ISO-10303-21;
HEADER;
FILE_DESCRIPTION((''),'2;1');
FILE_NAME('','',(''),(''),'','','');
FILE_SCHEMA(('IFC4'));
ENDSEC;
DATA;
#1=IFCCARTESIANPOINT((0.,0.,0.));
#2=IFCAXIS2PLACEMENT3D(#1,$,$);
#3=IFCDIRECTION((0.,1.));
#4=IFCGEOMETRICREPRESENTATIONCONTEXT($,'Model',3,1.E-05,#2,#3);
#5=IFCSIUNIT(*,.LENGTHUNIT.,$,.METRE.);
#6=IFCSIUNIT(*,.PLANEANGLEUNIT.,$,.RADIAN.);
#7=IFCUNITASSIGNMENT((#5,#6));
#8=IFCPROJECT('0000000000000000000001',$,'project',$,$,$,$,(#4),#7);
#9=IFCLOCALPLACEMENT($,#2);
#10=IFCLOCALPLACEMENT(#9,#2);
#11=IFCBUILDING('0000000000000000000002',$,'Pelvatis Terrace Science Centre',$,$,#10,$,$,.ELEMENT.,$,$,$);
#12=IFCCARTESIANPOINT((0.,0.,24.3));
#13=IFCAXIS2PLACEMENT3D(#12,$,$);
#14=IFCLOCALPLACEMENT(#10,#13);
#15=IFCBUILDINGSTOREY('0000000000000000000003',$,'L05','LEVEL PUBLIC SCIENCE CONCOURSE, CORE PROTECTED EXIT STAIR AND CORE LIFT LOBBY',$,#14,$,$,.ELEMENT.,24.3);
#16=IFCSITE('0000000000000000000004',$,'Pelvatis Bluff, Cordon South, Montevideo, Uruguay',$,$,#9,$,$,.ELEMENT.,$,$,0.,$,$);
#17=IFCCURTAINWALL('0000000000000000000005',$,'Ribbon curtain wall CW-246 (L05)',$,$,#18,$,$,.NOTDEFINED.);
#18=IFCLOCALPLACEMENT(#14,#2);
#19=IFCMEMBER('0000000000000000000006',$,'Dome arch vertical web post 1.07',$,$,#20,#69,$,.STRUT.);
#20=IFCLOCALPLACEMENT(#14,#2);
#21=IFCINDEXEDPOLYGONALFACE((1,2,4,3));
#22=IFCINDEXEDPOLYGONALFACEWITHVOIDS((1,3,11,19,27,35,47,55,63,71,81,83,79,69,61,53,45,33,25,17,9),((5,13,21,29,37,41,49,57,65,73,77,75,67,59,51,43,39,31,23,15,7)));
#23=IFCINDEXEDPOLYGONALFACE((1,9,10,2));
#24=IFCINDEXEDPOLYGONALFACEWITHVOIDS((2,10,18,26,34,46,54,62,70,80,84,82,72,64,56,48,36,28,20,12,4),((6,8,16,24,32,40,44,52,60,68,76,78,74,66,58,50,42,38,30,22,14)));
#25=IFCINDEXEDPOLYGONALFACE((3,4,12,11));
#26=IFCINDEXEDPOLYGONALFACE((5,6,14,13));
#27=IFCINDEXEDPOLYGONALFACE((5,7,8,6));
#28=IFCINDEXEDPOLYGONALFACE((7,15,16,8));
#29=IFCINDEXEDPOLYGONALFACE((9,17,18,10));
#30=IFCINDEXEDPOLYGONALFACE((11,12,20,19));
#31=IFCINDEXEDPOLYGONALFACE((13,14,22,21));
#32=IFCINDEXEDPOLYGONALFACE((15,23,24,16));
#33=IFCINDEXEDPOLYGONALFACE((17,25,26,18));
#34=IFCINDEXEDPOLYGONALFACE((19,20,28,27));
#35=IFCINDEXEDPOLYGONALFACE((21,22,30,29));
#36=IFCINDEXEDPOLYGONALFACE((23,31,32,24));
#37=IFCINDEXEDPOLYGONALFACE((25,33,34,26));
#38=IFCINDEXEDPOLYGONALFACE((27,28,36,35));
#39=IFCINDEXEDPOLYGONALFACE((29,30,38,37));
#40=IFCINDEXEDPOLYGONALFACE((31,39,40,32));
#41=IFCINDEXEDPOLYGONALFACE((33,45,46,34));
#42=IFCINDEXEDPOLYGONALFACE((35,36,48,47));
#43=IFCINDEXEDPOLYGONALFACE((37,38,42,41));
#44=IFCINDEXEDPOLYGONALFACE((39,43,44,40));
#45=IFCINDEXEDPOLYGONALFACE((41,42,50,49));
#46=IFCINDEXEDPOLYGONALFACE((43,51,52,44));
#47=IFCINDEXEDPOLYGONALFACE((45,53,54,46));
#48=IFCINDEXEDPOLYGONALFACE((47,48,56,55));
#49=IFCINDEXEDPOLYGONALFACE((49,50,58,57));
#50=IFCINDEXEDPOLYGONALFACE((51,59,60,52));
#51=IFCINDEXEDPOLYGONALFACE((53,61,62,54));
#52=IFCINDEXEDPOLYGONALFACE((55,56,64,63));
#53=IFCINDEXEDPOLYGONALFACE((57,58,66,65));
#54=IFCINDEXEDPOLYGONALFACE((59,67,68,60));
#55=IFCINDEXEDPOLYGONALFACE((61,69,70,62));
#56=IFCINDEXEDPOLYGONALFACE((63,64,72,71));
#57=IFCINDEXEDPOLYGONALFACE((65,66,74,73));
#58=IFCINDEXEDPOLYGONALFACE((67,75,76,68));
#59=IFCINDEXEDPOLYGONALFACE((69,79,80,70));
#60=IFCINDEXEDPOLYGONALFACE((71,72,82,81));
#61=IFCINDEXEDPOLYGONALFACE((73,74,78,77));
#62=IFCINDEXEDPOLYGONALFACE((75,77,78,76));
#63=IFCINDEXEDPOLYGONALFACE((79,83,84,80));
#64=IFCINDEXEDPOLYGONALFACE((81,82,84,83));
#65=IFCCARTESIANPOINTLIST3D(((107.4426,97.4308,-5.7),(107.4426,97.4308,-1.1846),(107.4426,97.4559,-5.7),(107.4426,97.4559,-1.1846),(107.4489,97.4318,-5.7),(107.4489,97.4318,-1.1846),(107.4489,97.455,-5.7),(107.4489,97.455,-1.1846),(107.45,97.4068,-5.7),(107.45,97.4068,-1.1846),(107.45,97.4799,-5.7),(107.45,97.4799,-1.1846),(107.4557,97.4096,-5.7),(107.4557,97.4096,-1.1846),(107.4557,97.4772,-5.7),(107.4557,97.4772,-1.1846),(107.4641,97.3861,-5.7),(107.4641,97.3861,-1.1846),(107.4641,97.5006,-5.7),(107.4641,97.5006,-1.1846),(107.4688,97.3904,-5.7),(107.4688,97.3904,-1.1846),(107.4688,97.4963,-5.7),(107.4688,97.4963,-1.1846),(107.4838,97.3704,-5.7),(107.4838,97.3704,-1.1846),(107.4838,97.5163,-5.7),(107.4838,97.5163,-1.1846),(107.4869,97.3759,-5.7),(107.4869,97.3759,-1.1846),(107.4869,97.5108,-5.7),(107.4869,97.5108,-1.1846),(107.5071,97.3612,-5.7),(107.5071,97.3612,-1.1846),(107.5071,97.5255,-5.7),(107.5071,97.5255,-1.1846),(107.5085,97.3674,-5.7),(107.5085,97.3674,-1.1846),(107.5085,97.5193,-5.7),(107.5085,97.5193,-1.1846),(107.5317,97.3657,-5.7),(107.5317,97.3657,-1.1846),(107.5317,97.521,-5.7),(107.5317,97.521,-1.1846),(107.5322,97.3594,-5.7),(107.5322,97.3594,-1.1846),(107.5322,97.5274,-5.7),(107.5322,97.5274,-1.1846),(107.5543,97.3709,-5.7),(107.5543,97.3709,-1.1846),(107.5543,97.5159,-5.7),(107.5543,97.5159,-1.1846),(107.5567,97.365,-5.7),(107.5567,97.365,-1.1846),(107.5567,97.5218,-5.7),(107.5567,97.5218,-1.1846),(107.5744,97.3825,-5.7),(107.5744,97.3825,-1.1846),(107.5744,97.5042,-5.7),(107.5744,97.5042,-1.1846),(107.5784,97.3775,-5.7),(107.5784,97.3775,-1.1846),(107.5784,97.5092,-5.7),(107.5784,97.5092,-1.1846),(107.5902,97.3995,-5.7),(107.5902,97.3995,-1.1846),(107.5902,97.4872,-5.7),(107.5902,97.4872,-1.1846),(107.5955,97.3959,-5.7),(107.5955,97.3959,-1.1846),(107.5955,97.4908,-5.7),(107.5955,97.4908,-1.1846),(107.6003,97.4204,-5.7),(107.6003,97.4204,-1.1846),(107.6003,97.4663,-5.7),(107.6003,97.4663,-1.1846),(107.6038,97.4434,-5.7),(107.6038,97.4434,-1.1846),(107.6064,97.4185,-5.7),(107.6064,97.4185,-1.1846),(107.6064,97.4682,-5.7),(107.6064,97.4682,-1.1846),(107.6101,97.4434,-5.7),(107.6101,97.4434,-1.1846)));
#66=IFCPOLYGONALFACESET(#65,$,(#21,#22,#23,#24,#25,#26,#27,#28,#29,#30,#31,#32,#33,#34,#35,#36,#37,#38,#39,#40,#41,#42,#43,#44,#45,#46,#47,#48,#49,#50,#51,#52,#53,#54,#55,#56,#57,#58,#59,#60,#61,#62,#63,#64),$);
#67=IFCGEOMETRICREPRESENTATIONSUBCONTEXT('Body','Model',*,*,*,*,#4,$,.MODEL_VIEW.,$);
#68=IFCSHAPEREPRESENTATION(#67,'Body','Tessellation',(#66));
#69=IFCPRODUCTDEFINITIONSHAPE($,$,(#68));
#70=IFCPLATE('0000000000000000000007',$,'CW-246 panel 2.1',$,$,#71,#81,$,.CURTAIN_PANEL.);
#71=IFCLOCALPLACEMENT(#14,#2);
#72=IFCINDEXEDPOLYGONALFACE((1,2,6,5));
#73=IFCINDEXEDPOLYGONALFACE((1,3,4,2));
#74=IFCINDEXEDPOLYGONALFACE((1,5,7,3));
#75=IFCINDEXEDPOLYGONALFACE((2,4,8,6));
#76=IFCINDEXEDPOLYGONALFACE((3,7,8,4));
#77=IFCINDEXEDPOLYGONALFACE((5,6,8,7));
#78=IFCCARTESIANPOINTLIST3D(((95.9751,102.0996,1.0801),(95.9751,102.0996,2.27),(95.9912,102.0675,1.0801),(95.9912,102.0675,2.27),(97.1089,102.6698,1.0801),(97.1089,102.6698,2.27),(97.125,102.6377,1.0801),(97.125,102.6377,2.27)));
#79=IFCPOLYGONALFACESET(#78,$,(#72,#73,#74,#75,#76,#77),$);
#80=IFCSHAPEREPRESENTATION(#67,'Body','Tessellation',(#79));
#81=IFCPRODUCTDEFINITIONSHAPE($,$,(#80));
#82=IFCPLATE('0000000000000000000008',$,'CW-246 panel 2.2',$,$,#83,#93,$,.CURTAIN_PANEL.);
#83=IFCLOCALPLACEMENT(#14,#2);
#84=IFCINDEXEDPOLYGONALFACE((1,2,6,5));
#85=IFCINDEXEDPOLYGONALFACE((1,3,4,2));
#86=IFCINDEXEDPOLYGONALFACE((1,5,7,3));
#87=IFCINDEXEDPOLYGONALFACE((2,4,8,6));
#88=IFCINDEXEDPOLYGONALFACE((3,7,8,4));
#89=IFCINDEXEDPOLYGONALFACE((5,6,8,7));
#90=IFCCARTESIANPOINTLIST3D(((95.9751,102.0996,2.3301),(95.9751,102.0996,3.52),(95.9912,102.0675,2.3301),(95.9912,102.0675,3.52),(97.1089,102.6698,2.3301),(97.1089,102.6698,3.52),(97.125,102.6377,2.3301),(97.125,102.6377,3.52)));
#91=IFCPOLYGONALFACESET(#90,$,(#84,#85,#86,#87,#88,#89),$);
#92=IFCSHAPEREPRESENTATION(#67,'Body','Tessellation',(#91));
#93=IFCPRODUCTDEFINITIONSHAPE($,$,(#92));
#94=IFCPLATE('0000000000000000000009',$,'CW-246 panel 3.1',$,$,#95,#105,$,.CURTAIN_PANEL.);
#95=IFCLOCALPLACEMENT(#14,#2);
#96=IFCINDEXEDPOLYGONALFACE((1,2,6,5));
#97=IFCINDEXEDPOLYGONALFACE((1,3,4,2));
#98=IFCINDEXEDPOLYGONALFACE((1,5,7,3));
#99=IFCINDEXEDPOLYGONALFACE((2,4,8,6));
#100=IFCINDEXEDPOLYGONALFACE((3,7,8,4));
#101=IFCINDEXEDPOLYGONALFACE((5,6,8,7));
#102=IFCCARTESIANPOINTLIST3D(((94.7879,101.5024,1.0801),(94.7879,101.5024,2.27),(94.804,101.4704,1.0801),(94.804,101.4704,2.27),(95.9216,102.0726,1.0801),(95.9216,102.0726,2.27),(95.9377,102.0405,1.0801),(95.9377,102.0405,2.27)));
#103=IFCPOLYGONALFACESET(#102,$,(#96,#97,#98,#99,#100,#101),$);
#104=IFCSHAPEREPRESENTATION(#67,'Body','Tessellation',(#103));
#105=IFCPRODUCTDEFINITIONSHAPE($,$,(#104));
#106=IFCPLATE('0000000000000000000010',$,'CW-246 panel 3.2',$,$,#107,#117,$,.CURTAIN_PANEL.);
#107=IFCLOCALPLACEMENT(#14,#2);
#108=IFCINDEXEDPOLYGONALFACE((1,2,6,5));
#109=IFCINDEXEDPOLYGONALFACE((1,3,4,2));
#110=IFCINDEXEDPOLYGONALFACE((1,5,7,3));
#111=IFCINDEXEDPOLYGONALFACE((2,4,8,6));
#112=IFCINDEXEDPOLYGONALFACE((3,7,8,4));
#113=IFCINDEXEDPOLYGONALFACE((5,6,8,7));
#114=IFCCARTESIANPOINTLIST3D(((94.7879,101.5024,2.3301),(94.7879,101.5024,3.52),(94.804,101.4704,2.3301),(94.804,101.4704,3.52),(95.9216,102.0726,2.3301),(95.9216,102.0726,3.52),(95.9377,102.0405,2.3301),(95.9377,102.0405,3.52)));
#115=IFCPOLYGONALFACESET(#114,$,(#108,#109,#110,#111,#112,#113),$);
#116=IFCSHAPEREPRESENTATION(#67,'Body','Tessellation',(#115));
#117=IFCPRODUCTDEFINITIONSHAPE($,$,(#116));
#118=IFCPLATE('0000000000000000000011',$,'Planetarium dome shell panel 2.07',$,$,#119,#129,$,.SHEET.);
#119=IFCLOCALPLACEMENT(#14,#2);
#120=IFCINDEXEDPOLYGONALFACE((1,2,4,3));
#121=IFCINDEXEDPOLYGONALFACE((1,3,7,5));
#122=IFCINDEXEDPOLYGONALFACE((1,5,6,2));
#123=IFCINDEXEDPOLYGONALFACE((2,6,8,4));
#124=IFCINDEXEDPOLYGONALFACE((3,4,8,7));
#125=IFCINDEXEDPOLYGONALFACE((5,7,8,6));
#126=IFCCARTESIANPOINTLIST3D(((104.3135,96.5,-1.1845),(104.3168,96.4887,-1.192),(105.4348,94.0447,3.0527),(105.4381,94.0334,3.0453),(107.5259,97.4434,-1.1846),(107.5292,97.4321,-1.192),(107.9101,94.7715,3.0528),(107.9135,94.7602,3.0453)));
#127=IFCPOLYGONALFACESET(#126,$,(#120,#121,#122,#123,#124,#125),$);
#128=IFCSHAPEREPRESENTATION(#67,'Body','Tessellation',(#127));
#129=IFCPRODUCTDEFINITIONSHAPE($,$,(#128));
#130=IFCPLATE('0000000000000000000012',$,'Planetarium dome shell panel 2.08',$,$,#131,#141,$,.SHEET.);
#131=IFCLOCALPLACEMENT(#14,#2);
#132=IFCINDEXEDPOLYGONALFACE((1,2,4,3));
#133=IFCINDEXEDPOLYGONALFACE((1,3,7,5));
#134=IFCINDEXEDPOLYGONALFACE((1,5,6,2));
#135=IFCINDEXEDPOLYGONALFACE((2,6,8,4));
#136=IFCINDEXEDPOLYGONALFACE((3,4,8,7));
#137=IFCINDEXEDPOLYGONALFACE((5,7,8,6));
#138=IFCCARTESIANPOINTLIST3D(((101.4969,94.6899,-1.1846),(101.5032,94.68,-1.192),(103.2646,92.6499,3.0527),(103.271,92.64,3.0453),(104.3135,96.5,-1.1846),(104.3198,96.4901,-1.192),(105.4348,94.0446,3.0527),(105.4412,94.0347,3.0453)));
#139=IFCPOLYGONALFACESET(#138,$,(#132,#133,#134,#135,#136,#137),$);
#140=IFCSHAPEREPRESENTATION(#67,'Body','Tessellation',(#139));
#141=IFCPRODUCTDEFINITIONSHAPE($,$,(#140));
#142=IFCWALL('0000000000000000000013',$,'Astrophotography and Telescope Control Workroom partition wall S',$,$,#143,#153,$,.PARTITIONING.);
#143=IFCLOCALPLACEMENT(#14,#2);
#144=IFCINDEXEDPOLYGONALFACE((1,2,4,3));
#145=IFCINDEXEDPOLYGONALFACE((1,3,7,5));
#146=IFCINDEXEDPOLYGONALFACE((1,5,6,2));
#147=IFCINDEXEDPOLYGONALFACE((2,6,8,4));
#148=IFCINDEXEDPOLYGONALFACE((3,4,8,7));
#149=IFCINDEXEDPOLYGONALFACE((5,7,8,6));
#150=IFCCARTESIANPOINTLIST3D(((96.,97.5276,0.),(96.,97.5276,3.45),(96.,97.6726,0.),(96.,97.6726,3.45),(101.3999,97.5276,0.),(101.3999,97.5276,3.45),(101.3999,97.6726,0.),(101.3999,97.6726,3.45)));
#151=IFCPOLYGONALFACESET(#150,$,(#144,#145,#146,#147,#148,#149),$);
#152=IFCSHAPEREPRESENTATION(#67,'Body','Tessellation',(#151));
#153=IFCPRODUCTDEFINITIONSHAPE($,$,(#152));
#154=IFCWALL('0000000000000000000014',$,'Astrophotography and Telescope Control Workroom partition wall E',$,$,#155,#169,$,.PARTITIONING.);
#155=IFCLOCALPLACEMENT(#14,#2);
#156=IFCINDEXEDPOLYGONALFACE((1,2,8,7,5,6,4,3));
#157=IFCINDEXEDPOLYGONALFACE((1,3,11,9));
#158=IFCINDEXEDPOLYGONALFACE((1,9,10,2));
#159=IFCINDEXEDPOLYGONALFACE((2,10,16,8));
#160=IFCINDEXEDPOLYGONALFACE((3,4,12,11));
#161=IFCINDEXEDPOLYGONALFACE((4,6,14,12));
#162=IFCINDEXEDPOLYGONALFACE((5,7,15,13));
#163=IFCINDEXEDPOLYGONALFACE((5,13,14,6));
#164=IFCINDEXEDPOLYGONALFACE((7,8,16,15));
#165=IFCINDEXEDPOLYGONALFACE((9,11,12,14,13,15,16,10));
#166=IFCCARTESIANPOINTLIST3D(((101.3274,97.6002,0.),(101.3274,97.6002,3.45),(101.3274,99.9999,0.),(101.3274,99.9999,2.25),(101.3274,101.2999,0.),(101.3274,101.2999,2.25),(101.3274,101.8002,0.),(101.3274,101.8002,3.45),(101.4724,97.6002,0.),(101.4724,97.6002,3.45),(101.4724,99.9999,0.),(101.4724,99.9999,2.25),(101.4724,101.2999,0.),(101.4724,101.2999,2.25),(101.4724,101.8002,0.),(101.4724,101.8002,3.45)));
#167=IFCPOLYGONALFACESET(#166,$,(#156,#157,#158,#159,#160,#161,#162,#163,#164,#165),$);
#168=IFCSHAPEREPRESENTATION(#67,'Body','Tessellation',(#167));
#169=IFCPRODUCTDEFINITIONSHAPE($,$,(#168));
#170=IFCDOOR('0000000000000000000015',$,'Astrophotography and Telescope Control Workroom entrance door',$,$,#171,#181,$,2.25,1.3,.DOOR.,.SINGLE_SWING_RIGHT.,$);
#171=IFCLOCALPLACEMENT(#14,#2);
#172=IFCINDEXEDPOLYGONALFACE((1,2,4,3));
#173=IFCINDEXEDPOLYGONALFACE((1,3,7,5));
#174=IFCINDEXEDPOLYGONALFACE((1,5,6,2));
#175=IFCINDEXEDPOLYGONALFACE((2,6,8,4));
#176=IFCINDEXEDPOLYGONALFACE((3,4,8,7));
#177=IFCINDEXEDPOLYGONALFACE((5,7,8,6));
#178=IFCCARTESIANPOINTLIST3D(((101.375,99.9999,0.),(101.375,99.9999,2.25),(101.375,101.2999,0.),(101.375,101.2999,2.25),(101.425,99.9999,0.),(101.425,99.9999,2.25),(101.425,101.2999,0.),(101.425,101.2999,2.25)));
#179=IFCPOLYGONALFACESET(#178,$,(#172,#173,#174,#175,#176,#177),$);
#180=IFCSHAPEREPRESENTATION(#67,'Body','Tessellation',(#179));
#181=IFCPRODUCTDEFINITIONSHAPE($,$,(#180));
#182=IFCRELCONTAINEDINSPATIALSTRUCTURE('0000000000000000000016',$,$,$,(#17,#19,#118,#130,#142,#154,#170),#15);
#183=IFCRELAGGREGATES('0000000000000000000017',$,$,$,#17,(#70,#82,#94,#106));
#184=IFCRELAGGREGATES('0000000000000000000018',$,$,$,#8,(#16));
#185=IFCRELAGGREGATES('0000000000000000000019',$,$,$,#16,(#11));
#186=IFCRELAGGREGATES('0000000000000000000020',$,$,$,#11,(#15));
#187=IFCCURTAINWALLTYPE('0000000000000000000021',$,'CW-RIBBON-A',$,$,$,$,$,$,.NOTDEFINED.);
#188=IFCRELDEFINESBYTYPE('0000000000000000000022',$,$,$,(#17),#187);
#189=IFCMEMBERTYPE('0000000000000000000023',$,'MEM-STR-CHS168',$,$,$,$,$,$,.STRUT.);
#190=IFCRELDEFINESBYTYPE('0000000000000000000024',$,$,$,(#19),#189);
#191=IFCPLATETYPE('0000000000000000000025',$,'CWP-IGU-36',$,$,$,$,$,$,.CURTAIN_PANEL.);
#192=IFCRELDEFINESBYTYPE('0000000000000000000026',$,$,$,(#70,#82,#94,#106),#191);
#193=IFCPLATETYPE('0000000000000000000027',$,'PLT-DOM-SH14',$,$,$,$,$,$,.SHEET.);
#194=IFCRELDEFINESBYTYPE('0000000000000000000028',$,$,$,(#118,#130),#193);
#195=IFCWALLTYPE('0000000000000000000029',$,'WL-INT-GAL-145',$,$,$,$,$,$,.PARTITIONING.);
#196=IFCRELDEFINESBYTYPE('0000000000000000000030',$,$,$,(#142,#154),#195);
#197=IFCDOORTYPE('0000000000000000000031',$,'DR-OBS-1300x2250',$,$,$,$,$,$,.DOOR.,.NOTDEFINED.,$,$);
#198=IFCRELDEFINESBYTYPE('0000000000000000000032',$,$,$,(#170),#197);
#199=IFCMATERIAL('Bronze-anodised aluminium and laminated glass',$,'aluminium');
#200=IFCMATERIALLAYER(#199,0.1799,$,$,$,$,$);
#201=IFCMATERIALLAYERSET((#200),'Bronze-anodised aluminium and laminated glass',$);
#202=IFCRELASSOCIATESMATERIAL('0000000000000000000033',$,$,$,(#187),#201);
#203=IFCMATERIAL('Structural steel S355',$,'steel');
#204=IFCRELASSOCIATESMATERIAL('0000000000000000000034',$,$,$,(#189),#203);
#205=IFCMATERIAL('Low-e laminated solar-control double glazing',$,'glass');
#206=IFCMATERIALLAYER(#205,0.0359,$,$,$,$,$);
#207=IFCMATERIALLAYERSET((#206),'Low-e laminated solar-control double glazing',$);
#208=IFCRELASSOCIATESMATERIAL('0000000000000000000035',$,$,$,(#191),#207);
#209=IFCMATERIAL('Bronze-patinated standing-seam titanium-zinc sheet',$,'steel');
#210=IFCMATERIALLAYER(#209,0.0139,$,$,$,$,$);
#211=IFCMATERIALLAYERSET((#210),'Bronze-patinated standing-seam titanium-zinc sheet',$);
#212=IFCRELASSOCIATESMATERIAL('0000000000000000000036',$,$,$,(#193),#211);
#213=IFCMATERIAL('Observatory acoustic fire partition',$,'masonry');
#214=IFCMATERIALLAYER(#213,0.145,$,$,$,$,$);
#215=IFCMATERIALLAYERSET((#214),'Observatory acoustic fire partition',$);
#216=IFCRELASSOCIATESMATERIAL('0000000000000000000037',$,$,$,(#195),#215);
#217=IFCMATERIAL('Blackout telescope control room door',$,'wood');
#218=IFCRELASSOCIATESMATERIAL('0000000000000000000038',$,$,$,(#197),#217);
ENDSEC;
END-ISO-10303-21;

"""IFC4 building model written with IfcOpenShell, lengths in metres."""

from ifc_helpers import new_model, si_unit, direction, frame, frame_2d, origin, origin_2d, place, context, subcontext, project, spatial, polyline, rectangle, hollow_circle, outline, extrude, material, layer, layer_set, material_profile, profile_set, type_object, element, fill, aggregate, save


model = new_model("IFC4")

# Units and contexts
model_context = context("Model", 3, precision=1e-05, world=origin(), true_north=direction((0.0, 1.0)))
body_context = subcontext(model_context, "Body", "Model", "MODEL_VIEW")
ifc_project = project(units=[si_unit("LENGTHUNIT", "METRE"), si_unit("PLANEANGLEUNIT", "RADIAN")], contexts=[model_context])

# Site, building, storey
site_placement = place(None, origin())
site = spatial("IfcSite", under=ifc_project, at=site_placement, Name="Pelvatis Bluff, Cordon South, Montevideo, Uruguay", CompositionType="ELEMENT", RefElevation=0.0)
building_placement = place(site_placement, origin())
building = spatial("IfcBuilding", under=site, at=building_placement, Name="Pelvatis Terrace Science Centre", CompositionType="ELEMENT")
storey_placement = place(building_placement, frame((0.0, 0.0, 24.3)))
storey = spatial("IfcBuildingStorey", under=building, at=storey_placement, Name="L05", Description="LEVEL PUBLIC SCIENCE CONCOURSE, CORE PROTECTED EXIT STAIR AND CORE LIFT LOBBY", CompositionType="ELEMENT", Elevation=24.3)

# Curtain wall
ifc_material_1 = material(Name="Bronze-anodised aluminium and laminated glass", Category="aluminium")
ifc_layer_1 = layer(ifc_material_1, 0.1799)
ifc_layer_set_1 = layer_set([ifc_layer_1], Name="Bronze-anodised aluminium and laminated glass")
curtain_wall_type = type_object("IfcCurtainWallType", Name="CW-RIBBON-A", PredefinedType="NOTDEFINED", material=ifc_layer_set_1)
curtain_wall_placement = place(storey_placement, origin())
curtain_wall = element("IfcCurtainWall", 1, at=curtain_wall_placement, inside=storey, type_object=curtain_wall_type, Name="Ribbon curtain wall CW-246 (L05)", PredefinedType="NOTDEFINED")

# Member
ifc_material_2 = material(Name="Structural steel S355", Category="steel")
ifc_material_profile_1 = material_profile(ifc_material_2, hollow_circle(Radius=0.0842, WallThickness=0.0063, at=origin_2d()), Name="CHS 168.3x6.3")
ifc_profile_set_1 = profile_set([ifc_material_profile_1], Name="Structural steel S355")
member_type_1 = type_object("IfcMemberType", Name="MEM-STR-CHS168", PredefinedType="STRUT", material=ifc_profile_set_1)
member_1_placement = place(storey_placement, frame((107.5259, 97.4434, -5.7), z_axis=(0.0, 0.0, 1.0), x_axis=(1.0, 0.0, 0.0)))
element("IfcMember", 2, at=member_1_placement, inside=storey, type_object=member_type_1, Name="Dome arch vertical web post 1.07", PredefinedType="STRUT", context=body_context, shape_type="SweptSolid", body=[
    extrude(hollow_circle(Radius=0.0842, WallThickness=0.0063, at=origin_2d()), origin(), (0.0, 0.0, 1.0), 4.5154),
])

# Plates
ifc_material_3 = material(Name="Low-e laminated solar-control double glazing", Category="glass")
ifc_layer_2 = layer(ifc_material_3, 0.0359)
ifc_layer_set_2 = layer_set([ifc_layer_2], Name="Low-e laminated solar-control double glazing")
plate_type_1 = type_object("IfcPlateType", Name="CWP-IGU-36", PredefinedType="CURTAIN_PANEL", material=ifc_layer_set_2)
plate_1_placement = place(storey_placement, frame((96.55, 102.3687, 1.0801), z_axis=(0.0, 0.0, 1.0), x_axis=(-0.893379, -0.449304, 0.0)))
plate_1 = element("IfcPlate", 3, at=plate_1_placement, type_object=plate_type_1, Name="CW-246 panel 2.1", PredefinedType="CURTAIN_PANEL", context=body_context, shape_type="SweptSolid", body=[
    extrude(rectangle(XDim=1.269, YDim=0.0359, at=origin_2d()), origin(), (0.0, 0.0, 1.0), 1.1899),
])
plate_2_placement = place(storey_placement, frame((96.55, 102.3687, 2.3301), z_axis=(0.0, 0.0, 1.0), x_axis=(-0.893379, -0.449304, 0.0)))
plate_2 = element("IfcPlate", 4, at=plate_2_placement, type_object=plate_type_1, Name="CW-246 panel 2.2", PredefinedType="CURTAIN_PANEL", context=body_context, shape_type="SweptSolid", body=[
    extrude(rectangle(XDim=1.269, YDim=0.0359, at=origin_2d()), origin(), (0.0, 0.0, 1.0), 1.1899),
])
plate_3_placement = place(storey_placement, frame((95.3628, 101.7715, 1.0801), z_axis=(0.0, 0.0, 1.0), x_axis=(-0.893379, -0.449304, 0.0)))
plate_3 = element("IfcPlate", 5, at=plate_3_placement, type_object=plate_type_1, Name="CW-246 panel 3.1", PredefinedType="CURTAIN_PANEL", context=body_context, shape_type="SweptSolid", body=[
    extrude(rectangle(XDim=1.269, YDim=0.0359, at=origin_2d()), origin(), (0.0, 0.0, 1.0), 1.1899),
])
plate_4_placement = place(storey_placement, frame((95.3628, 101.7715, 2.3301), z_axis=(0.0, 0.0, 1.0), x_axis=(-0.893379, -0.449304, 0.0)))
plate_4 = element("IfcPlate", 6, at=plate_4_placement, type_object=plate_type_1, Name="CW-246 panel 3.2", PredefinedType="CURTAIN_PANEL", context=body_context, shape_type="SweptSolid", body=[
    extrude(rectangle(XDim=1.269, YDim=0.0359, at=origin_2d()), origin(), (0.0, 0.0, 1.0), 1.1899),
])
aggregate(curtain_wall, [plate_1, plate_2, plate_3, plate_4])

# Plates
ifc_material_4 = material(Name="Bronze-patinated standing-seam titanium-zinc sheet", Category="steel")
ifc_layer_3 = layer(ifc_material_4, 0.0139)
ifc_layer_set_3 = layer_set([ifc_layer_3], Name="Bronze-patinated standing-seam titanium-zinc sheet")
plate_type_2 = type_object("IfcPlateType", Name="PLT-DOM-SH14", PredefinedType="SHEET", material=ifc_layer_set_3)
plate_5_placement = place(storey_placement, frame((107.5259, 97.4434, -1.1846), z_axis=(-0.238324, 0.811613, 0.533372), x_axis=(-0.959487, -0.281752, 0.000008)))
element("IfcPlate", 7, at=plate_5_placement, inside=storey, type_object=plate_type_2, Name="Planetarium dome shell panel 2.07", PredefinedType="SHEET", context=body_context, shape_type="SweptSolid", body=[
    extrude(outline(polyline([(0.0, 0.0), (3.3481, 0.0), (2.964, 5.0093), (0.3841, 5.0094), (0.0, 0.0)])), origin(), (0.0, 0.0, -1.0), 0.0139),
])
plate_6_placement = place(storey_placement, frame((104.3135, 96.5, -1.1846), z_axis=(-0.457317, 0.711598, 0.533376), x_axis=(-0.841257, -0.540635, -0.000011)))
element("IfcPlate", 8, at=plate_6_placement, inside=storey, type_object=plate_type_2, Name="Planetarium dome shell panel 2.08", PredefinedType="SHEET", context=body_context, shape_type="SweptSolid", body=[
    extrude(outline(polyline([(0.0, 0.0), (3.3481, 0.0), (2.9638, 5.0094), (0.3841, 5.0093), (0.0, 0.0)])), origin(), (0.0, 0.0, -1.0), 0.0139),
])

# Wall
ifc_material_5 = material(Name="Observatory acoustic fire partition", Category="masonry")
ifc_layer_4 = layer(ifc_material_5, 0.145)
ifc_layer_set_4 = layer_set([ifc_layer_4], Name="Observatory acoustic fire partition")
wall_type_1 = type_object("IfcWallType", Name="WL-INT-GAL-145", PredefinedType="PARTITIONING", material=ifc_layer_set_4)
wall_1_placement = place(storey_placement, frame((96.0, 97.6001, 0.0), z_axis=(0.0, 0.0, 1.0), x_axis=(1.0, 0.0, 0.0)))
element("IfcWall", 9, at=wall_1_placement, inside=storey, type_object=wall_type_1, Name="Astrophotography and Telescope Control Workroom partition wall S", PredefinedType="PARTITIONING", context=body_context, shape_type="SweptSolid", body=[
    extrude(rectangle(XDim=5.3999, YDim=0.145, at=frame_2d((2.7, 0.0))), origin(), (0.0, 0.0, 1.0), 3.45),
])

# Wall, opening, door
wall_2_placement = place(storey_placement, frame((101.3999, 97.6001, 0.0), z_axis=(0.0, 0.0, 1.0), x_axis=(0.0, 1.0, 0.0)))
wall_2 = element("IfcWall", 10, at=wall_2_placement, inside=storey, type_object=wall_type_1, Name="Astrophotography and Telescope Control Workroom partition wall E", PredefinedType="PARTITIONING", context=body_context, shape_type="SweptSolid", body=[
    extrude(rectangle(XDim=4.2, YDim=0.145, at=frame_2d((2.1001, 0.0))), origin(), (0.0, 0.0, 1.0), 3.45),
])
opening_placement = place(wall_2_placement, frame((2.3999, 0.0, 0.0)))
opening = element("IfcOpeningElement", 11, at=opening_placement, cuts=wall_2, PredefinedType="OPENING", context=body_context, shape_type="SweptSolid", body=[
    extrude(rectangle(XDim=1.3, YDim=2.25, at=frame_2d((0.6499, 1.125))), frame((0.0, 0.0825, 0.0), z_axis=(0.0, -1.0, 0.0), x_axis=(1.0, 0.0, 0.0)), (0.0, 0.0, 1.0), 0.165),
])
ifc_material_6 = material(Name="Blackout telescope control room door", Category="wood")
door_type = type_object("IfcDoorType", Name="DR-OBS-1300x2250", OperationType="NOTDEFINED", PredefinedType="DOOR", material=ifc_material_6)
door_placement = place(opening_placement, origin())
door = element("IfcDoor", 12, at=door_placement, inside=storey, type_object=door_type, Name="Astrophotography and Telescope Control Workroom entrance door", OperationType="SINGLE_SWING_RIGHT", OverallHeight=2.25, OverallWidth=1.3, PredefinedType="DOOR", context=body_context, shape_type="SweptSolid", body=[
    extrude(rectangle(XDim=1.3, YDim=2.25, at=frame_2d((0.6499, 1.125))), frame((0.0, 0.0249, 0.0), z_axis=(0.0, -1.0, 0.0), x_axis=(1.0, 0.0, 0.0)), (0.0, 0.0, 1.0), 0.05),
])
fill(opening, door)

save(model, "model.ifc")
